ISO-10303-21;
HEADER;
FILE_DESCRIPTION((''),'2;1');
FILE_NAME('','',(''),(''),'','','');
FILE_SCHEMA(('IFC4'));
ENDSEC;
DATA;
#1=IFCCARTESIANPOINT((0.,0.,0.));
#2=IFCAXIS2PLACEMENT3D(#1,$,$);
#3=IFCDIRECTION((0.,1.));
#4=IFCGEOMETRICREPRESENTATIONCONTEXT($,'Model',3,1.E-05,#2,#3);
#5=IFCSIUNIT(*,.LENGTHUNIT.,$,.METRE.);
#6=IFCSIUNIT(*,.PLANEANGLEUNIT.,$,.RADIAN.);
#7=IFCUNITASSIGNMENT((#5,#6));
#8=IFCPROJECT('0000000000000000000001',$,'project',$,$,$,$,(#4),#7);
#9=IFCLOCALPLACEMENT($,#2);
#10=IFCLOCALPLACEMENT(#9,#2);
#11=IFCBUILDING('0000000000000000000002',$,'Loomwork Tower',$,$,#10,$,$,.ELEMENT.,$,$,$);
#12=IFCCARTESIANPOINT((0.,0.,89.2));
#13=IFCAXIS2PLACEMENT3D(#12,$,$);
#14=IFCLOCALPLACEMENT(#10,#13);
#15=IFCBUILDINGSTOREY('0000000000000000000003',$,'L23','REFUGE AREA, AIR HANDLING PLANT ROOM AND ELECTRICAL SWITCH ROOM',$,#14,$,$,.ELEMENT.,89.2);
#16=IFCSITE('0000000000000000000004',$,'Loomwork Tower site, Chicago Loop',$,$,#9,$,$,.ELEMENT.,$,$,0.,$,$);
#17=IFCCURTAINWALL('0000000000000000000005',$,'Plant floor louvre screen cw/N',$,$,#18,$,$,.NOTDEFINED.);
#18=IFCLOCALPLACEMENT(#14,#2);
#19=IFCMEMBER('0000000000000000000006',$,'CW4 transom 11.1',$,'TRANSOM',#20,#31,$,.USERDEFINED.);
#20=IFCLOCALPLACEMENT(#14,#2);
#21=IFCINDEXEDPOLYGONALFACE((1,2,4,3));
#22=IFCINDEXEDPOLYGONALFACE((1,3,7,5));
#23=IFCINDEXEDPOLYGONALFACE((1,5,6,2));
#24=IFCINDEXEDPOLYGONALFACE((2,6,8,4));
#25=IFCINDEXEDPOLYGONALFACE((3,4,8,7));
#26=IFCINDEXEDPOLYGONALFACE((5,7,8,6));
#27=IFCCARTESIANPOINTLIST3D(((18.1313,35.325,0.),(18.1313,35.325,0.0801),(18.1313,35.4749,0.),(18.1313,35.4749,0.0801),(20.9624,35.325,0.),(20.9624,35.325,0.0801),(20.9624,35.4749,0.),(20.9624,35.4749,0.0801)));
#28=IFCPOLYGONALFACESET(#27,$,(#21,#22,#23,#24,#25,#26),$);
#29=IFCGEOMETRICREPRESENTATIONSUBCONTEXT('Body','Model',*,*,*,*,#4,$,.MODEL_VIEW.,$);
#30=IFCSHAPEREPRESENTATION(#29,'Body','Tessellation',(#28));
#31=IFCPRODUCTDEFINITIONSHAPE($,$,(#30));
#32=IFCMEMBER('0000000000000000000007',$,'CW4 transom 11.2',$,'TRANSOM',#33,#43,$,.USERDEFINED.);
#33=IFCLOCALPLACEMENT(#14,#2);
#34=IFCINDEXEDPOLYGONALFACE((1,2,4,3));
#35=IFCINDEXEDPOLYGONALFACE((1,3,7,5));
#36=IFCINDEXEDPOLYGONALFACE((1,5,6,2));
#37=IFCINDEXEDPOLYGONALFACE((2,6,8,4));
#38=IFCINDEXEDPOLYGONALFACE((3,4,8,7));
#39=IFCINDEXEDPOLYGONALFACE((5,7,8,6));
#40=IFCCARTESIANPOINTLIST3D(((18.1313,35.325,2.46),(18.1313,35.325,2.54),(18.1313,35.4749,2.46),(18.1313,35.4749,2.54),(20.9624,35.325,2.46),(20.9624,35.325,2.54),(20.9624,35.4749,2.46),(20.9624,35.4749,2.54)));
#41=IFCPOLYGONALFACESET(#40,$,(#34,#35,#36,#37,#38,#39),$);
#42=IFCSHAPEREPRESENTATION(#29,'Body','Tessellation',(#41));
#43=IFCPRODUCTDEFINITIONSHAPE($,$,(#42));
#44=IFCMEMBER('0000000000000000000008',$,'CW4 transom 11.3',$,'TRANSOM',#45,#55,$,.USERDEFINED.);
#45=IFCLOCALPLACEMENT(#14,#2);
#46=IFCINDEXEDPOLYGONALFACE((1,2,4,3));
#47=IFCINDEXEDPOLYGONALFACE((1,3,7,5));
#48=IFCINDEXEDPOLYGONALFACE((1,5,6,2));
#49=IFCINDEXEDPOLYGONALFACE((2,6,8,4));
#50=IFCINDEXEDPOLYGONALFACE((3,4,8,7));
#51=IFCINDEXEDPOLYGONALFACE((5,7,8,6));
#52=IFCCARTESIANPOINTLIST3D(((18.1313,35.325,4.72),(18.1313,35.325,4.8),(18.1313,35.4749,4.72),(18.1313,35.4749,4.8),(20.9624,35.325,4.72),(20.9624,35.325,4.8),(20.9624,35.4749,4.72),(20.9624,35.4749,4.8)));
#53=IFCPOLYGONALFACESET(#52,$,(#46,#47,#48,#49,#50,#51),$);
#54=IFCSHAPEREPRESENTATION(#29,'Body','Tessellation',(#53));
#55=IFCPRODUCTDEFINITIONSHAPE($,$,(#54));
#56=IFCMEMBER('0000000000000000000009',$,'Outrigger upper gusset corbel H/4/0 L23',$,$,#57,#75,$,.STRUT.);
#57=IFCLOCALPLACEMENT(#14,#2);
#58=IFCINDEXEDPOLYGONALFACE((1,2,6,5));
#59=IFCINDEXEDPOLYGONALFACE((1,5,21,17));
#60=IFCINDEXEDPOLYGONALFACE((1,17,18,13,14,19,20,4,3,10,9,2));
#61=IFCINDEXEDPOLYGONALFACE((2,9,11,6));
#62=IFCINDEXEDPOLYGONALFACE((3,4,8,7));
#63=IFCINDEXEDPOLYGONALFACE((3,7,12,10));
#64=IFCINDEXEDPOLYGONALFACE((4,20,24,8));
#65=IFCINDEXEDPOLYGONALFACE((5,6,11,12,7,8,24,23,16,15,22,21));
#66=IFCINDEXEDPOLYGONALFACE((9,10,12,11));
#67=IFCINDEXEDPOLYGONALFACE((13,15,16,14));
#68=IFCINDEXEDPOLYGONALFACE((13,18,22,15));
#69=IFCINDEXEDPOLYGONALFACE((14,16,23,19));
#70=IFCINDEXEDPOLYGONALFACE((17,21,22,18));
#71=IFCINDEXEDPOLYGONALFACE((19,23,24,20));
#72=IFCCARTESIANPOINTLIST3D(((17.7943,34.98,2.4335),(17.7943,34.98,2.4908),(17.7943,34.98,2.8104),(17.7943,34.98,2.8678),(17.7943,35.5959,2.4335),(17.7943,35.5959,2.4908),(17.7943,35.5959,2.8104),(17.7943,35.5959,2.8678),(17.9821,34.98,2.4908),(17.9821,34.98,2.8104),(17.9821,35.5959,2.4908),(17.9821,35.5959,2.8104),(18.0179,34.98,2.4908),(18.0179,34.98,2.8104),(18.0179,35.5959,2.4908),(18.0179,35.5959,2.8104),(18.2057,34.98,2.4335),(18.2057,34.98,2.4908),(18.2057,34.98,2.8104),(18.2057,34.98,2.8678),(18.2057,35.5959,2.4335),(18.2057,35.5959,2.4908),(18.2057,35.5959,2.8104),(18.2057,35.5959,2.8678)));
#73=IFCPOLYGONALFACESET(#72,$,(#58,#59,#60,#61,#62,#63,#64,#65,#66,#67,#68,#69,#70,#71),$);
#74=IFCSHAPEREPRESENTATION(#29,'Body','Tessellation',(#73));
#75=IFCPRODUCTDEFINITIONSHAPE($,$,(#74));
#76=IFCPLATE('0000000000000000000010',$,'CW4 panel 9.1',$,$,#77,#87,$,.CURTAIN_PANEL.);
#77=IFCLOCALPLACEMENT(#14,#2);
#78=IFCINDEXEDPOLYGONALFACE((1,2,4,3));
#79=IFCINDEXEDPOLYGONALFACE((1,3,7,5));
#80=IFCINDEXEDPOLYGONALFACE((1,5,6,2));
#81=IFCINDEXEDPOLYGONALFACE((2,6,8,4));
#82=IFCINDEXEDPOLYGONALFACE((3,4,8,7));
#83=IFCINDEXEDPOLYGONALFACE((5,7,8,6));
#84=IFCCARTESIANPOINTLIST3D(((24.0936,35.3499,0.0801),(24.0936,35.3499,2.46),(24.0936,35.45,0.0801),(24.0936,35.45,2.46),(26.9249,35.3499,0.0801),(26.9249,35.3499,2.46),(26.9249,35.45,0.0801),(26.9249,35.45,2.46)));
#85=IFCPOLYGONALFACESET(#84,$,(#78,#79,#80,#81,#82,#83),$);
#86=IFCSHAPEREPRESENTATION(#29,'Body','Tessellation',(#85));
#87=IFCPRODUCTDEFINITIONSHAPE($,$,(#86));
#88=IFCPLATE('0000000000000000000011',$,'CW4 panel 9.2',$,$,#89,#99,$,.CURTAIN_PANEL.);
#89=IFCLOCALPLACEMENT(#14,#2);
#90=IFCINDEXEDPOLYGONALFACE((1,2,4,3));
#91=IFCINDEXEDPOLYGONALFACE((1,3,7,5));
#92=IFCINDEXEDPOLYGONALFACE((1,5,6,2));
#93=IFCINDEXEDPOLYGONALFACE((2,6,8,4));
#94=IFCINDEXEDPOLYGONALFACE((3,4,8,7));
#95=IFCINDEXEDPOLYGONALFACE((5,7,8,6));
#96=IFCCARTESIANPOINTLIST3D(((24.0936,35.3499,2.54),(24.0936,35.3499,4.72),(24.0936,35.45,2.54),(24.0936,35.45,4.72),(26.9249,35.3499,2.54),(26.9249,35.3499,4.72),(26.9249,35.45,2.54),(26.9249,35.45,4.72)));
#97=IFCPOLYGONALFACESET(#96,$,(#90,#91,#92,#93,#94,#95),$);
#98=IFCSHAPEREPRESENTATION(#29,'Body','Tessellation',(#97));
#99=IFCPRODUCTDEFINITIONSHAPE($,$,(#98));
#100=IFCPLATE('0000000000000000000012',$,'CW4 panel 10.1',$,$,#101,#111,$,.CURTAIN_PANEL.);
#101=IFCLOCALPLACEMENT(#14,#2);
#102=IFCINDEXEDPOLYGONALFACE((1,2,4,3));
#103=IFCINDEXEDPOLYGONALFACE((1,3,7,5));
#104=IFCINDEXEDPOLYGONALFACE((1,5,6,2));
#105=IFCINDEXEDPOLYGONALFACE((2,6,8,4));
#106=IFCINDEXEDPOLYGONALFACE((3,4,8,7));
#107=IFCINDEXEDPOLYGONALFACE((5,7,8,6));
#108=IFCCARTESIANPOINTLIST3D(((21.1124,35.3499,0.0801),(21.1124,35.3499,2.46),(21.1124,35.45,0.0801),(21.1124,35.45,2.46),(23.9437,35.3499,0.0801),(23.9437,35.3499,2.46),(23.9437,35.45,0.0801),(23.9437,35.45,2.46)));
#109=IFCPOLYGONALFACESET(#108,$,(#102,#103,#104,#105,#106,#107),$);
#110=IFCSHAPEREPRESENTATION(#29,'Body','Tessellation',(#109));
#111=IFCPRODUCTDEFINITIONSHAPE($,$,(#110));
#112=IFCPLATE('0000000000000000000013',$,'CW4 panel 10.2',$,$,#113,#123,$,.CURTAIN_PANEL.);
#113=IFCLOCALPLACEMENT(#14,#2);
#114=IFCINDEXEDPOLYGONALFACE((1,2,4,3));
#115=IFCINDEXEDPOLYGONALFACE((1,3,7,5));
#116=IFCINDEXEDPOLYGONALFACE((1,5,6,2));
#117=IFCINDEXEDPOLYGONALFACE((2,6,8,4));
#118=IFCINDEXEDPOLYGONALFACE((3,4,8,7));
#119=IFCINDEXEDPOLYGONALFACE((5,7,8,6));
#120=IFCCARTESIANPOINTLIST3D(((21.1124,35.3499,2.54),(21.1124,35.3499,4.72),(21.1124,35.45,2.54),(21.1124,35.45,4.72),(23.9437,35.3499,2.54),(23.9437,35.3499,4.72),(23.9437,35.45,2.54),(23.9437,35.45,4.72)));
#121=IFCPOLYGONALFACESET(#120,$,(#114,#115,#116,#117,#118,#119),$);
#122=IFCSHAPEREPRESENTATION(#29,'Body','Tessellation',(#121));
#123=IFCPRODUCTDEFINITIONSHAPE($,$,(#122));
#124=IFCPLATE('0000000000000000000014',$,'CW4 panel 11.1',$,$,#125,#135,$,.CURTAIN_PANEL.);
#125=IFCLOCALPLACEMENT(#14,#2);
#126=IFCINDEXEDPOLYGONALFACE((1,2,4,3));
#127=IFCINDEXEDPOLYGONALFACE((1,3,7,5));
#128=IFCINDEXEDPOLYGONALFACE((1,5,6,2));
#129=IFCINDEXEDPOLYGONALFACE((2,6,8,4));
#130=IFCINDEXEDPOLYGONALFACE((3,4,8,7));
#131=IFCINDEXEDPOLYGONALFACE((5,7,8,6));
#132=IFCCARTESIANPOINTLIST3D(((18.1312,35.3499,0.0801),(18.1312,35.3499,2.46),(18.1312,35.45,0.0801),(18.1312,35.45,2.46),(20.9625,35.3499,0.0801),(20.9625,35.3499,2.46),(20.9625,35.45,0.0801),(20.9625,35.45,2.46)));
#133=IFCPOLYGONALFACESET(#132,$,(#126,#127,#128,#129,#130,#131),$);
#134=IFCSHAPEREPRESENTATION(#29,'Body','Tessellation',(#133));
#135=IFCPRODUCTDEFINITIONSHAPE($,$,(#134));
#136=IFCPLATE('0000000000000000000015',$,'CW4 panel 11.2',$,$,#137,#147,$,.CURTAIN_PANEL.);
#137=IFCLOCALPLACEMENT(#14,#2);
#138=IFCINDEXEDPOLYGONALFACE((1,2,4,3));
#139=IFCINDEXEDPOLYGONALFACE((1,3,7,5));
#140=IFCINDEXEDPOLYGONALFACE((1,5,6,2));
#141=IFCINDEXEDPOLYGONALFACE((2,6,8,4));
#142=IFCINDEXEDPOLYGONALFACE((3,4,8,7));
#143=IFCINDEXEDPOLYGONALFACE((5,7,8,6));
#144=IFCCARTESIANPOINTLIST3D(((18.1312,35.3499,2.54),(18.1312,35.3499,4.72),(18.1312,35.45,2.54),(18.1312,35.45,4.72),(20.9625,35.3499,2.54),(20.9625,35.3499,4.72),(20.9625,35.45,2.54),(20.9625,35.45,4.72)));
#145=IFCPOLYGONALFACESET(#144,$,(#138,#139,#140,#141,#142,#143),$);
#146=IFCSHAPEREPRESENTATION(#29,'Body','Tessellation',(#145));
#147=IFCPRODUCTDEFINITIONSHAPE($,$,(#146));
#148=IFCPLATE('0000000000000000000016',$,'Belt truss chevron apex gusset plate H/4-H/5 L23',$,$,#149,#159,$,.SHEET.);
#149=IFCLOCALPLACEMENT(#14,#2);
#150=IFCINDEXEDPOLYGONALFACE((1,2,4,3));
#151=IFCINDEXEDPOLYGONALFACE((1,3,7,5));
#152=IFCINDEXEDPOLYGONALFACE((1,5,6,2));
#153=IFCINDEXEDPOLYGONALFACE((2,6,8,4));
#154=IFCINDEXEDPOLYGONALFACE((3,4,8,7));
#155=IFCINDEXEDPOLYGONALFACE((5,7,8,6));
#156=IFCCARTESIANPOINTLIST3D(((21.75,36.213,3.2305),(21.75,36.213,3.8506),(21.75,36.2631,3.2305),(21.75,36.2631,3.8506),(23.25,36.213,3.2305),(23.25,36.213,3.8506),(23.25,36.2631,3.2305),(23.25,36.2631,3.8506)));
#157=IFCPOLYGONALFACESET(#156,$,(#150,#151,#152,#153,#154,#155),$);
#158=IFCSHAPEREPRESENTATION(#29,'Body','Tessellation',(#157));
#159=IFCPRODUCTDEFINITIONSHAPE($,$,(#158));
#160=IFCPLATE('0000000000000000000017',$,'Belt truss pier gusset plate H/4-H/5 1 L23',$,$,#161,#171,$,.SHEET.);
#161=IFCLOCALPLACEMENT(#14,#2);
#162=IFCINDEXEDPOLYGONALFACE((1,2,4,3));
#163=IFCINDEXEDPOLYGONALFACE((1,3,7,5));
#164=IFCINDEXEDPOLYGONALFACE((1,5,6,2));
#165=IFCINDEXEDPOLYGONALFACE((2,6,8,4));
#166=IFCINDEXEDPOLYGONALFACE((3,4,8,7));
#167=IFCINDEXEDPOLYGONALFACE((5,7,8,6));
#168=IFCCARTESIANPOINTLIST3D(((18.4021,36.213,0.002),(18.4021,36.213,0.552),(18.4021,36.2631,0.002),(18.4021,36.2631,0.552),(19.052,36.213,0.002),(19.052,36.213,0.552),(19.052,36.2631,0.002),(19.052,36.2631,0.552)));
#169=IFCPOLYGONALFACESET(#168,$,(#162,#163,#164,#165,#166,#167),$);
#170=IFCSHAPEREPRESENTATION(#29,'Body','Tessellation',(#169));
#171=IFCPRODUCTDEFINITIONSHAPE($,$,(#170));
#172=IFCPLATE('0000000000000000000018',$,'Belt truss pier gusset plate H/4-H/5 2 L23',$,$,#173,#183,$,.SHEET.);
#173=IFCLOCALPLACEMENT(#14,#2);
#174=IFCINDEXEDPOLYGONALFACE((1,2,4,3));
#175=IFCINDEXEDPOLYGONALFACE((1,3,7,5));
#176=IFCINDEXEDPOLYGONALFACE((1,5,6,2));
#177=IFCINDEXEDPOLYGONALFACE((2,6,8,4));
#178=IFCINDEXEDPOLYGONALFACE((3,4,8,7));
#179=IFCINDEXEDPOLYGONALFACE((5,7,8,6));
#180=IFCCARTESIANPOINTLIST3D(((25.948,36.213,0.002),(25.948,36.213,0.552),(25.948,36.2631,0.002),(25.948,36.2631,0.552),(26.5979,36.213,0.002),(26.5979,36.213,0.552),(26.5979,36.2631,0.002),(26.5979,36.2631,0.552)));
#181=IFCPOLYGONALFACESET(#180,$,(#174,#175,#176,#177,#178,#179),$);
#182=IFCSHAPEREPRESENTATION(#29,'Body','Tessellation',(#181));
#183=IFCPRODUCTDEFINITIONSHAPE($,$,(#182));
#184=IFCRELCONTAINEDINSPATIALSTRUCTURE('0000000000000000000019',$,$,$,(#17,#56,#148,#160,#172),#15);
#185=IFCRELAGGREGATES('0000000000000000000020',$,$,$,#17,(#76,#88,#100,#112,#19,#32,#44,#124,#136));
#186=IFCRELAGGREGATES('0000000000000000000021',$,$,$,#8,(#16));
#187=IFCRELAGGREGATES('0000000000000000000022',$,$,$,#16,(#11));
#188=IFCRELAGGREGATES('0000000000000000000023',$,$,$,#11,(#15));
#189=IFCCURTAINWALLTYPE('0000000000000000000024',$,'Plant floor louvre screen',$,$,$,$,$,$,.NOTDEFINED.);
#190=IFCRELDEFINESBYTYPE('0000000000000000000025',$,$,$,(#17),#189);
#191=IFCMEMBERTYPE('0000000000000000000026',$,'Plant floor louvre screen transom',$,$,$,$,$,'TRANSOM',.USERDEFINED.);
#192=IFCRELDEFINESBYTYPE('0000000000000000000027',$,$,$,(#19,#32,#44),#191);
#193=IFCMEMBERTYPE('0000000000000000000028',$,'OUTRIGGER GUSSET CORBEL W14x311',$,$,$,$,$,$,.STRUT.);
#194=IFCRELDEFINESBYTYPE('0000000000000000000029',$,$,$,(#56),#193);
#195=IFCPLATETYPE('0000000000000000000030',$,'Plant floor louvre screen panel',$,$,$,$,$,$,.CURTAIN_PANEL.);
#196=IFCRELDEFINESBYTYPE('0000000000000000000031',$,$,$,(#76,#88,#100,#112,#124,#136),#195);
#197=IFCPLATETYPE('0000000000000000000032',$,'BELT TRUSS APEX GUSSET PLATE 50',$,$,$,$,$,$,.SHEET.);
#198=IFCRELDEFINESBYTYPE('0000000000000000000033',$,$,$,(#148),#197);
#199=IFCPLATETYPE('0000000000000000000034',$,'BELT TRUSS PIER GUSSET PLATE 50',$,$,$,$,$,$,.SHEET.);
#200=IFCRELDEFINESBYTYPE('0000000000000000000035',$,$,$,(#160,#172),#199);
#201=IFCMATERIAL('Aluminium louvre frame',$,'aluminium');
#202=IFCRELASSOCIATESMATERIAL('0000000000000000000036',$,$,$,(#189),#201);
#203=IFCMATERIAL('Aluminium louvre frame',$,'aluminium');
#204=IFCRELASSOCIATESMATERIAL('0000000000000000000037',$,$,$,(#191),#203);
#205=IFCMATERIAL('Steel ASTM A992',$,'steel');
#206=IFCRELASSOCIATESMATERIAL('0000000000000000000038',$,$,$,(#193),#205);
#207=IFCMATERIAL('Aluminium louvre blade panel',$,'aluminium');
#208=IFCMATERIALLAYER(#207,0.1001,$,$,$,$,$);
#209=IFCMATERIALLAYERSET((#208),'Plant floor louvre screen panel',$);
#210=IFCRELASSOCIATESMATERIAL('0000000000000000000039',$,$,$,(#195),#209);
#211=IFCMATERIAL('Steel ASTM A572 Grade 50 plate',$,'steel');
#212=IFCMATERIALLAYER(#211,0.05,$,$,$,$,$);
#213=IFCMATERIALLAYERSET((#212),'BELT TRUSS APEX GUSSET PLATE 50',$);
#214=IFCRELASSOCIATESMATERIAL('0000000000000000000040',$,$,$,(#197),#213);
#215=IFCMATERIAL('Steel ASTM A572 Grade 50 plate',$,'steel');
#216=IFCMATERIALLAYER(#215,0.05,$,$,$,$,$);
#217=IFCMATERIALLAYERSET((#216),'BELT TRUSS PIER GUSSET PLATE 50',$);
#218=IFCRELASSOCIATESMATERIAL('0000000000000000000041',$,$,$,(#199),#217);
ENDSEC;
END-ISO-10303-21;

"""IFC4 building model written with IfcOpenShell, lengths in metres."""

from ifc_helpers import new_model, si_unit, direction, frame, origin, origin_2d, place, context, subcontext, project, spatial, rectangle, i_section, extrude, material, layer, layer_set, material_profile, profile_set, type_object, element, aggregate, save


model = new_model("IFC4")

# Units and contexts
model_context = context("Model", 3, precision=1e-05, world=origin(), true_north=direction((0.0, 1.0)))
body_context = subcontext(model_context, "Body", "Model", "MODEL_VIEW")
ifc_project = project(units=[si_unit("LENGTHUNIT", "METRE"), si_unit("PLANEANGLEUNIT", "RADIAN")], contexts=[model_context])

# Site, building, storey
site_placement = place(None, origin())
site = spatial("IfcSite", under=ifc_project, at=site_placement, Name="Loomwork Tower site, Chicago Loop", CompositionType="ELEMENT", RefElevation=0.0)
building_placement = place(site_placement, origin())
building = spatial("IfcBuilding", under=site, at=building_placement, Name="Loomwork Tower", CompositionType="ELEMENT")
storey_placement = place(building_placement, frame((0.0, 0.0, 89.2)))
storey = spatial("IfcBuildingStorey", under=building, at=storey_placement, Name="L23", Description="REFUGE AREA, AIR HANDLING PLANT ROOM AND ELECTRICAL SWITCH ROOM", CompositionType="ELEMENT", Elevation=89.2)

# Curtain wall, members
ifc_material_1 = material(Name="Aluminium louvre frame", Category="aluminium")
curtain_wall_type = type_object("IfcCurtainWallType", Name="Plant floor louvre screen", PredefinedType="NOTDEFINED", material=ifc_material_1)
curtain_wall_placement = place(storey_placement, origin())
curtain_wall = element("IfcCurtainWall", 1, at=curtain_wall_placement, inside=storey, type_object=curtain_wall_type, Name="Plant floor louvre screen cw/N", PredefinedType="NOTDEFINED")
ifc_material_2 = material(Name="Aluminium louvre frame", Category="aluminium")
ifc_material_profile_1 = material_profile(ifc_material_2, rectangle(XDim=0.1499, YDim=0.0801, at=origin_2d()), Name="AL 80x150")
ifc_profile_set_1 = profile_set([ifc_material_profile_1], Name="Aluminium louvre frame")
member_type_1 = type_object("IfcMemberType", Name="Plant floor louvre screen transom", ElementType="TRANSOM", PredefinedType="USERDEFINED", material=ifc_profile_set_1)
member_1_placement = place(storey_placement, frame((20.9624, 35.3999, 0.04), z_axis=(-1.0, 0.0, 0.0), x_axis=(0.0, -1.0, 0.0)))
member_1 = element("IfcMember", 2, at=member_1_placement, type_object=member_type_1, Name="CW4 transom 11.1", ObjectType="TRANSOM", PredefinedType="USERDEFINED", context=body_context, shape_type="SweptSolid", body=[
    extrude(rectangle(XDim=0.1499, YDim=0.0801, at=origin_2d()), origin(), (0.0, 0.0, 1.0), 2.8311),
])
member_2_placement = place(storey_placement, frame((20.9624, 35.3999, 2.5), z_axis=(-1.0, 0.0, 0.0), x_axis=(0.0, -1.0, 0.0)))
member_2 = element("IfcMember", 3, at=member_2_placement, type_object=member_type_1, Name="CW4 transom 11.2", ObjectType="TRANSOM", PredefinedType="USERDEFINED", context=body_context, shape_type="SweptSolid", body=[
    extrude(rectangle(XDim=0.1499, YDim=0.0801, at=origin_2d()), origin(), (0.0, 0.0, 1.0), 2.8311),
])
member_3_placement = place(storey_placement, frame((20.9624, 35.3999, 4.76), z_axis=(-1.0, 0.0, 0.0), x_axis=(0.0, -1.0, 0.0)))
member_3 = element("IfcMember", 4, at=member_3_placement, type_object=member_type_1, Name="CW4 transom 11.3", ObjectType="TRANSOM", PredefinedType="USERDEFINED", context=body_context, shape_type="SweptSolid", body=[
    extrude(rectangle(XDim=0.1499, YDim=0.0801, at=origin_2d()), origin(), (0.0, 0.0, 1.0), 2.8311),
])

# Member
ifc_material_3 = material(Name="Steel ASTM A992", Category="steel")
ifc_material_profile_2 = material_profile(ifc_material_3, i_section(OverallWidth=0.4114, OverallDepth=0.4343, WebThickness=0.0359, FlangeThickness=0.0574, at=origin_2d()), Name="W14x311")
ifc_profile_set_2 = profile_set([ifc_material_profile_2], Name="Steel ASTM A992")
member_type_2 = type_object("IfcMemberType", Name="OUTRIGGER GUSSET CORBEL W14x311", PredefinedType="STRUT", material=ifc_profile_set_2)
member_4_placement = place(storey_placement, frame((18.0, 35.5959, 2.6506), z_axis=(0.0, -1.0, 0.0), x_axis=(1.0, 0.0, 0.0)))
element("IfcMember", 5, at=member_4_placement, inside=storey, type_object=member_type_2, Name="Outrigger upper gusset corbel H/4/0 L23", PredefinedType="STRUT", context=body_context, shape_type="SweptSolid", body=[
    extrude(i_section(OverallWidth=0.4114, OverallDepth=0.4343, WebThickness=0.0359, FlangeThickness=0.0574, at=origin_2d()), origin(), (0.0, 0.0, 1.0), 0.616),
])

# Plates
ifc_material_4 = material(Name="Aluminium louvre blade panel", Category="aluminium")
ifc_layer_1 = layer(ifc_material_4, 0.1001)
ifc_layer_set_1 = layer_set([ifc_layer_1], Name="Plant floor louvre screen panel")
plate_type_1 = type_object("IfcPlateType", Name="Plant floor louvre screen panel", PredefinedType="CURTAIN_PANEL", material=ifc_layer_set_1)
plate_1_placement = place(storey_placement, frame((25.5093, 35.3999, 0.0801), z_axis=(0.0, 0.0, 1.0), x_axis=(-1.0, 0.0, 0.0)))
plate_1 = element("IfcPlate", 6, at=plate_1_placement, type_object=plate_type_1, Name="CW4 panel 9.1", PredefinedType="CURTAIN_PANEL", context=body_context, shape_type="SweptSolid", body=[
    extrude(rectangle(XDim=2.8313, YDim=0.1001, at=origin_2d()), origin(), (0.0, 0.0, 1.0), 2.3799),
])
plate_2_placement = place(storey_placement, frame((25.5093, 35.3999, 2.54), z_axis=(0.0, 0.0, 1.0), x_axis=(-1.0, 0.0, 0.0)))
plate_2 = element("IfcPlate", 7, at=plate_2_placement, type_object=plate_type_1, Name="CW4 panel 9.2", PredefinedType="CURTAIN_PANEL", context=body_context, shape_type="SweptSolid", body=[
    extrude(rectangle(XDim=2.8313, YDim=0.1001, at=origin_2d()), origin(), (0.0, 0.0, 1.0), 2.1799),
])
plate_3_placement = place(storey_placement, frame((22.5281, 35.3999, 0.0801), z_axis=(0.0, 0.0, 1.0), x_axis=(-1.0, 0.0, 0.0)))
plate_3 = element("IfcPlate", 8, at=plate_3_placement, type_object=plate_type_1, Name="CW4 panel 10.1", PredefinedType="CURTAIN_PANEL", context=body_context, shape_type="SweptSolid", body=[
    extrude(rectangle(XDim=2.8313, YDim=0.1001, at=origin_2d()), origin(), (0.0, 0.0, 1.0), 2.3799),
])
plate_4_placement = place(storey_placement, frame((22.5281, 35.3999, 2.54), z_axis=(0.0, 0.0, 1.0), x_axis=(-1.0, 0.0, 0.0)))
plate_4 = element("IfcPlate", 9, at=plate_4_placement, type_object=plate_type_1, Name="CW4 panel 10.2", PredefinedType="CURTAIN_PANEL", context=body_context, shape_type="SweptSolid", body=[
    extrude(rectangle(XDim=2.8313, YDim=0.1001, at=origin_2d()), origin(), (0.0, 0.0, 1.0), 2.1799),
])
plate_5_placement = place(storey_placement, frame((19.5469, 35.3999, 0.0801), z_axis=(0.0, 0.0, 1.0), x_axis=(-1.0, 0.0, 0.0)))
plate_5 = element("IfcPlate", 10, at=plate_5_placement, type_object=plate_type_1, Name="CW4 panel 11.1", PredefinedType="CURTAIN_PANEL", context=body_context, shape_type="SweptSolid", body=[
    extrude(rectangle(XDim=2.8313, YDim=0.1001, at=origin_2d()), origin(), (0.0, 0.0, 1.0), 2.3799),
])
plate_6_placement = place(storey_placement, frame((19.5469, 35.3999, 2.54), z_axis=(0.0, 0.0, 1.0), x_axis=(-1.0, 0.0, 0.0)))
plate_6 = element("IfcPlate", 11, at=plate_6_placement, type_object=plate_type_1, Name="CW4 panel 11.2", PredefinedType="CURTAIN_PANEL", context=body_context, shape_type="SweptSolid", body=[
    extrude(rectangle(XDim=2.8313, YDim=0.1001, at=origin_2d()), origin(), (0.0, 0.0, 1.0), 2.1799),
])
aggregate(curtain_wall, [plate_1, plate_2, plate_3, plate_4, member_1, member_2, member_3, plate_5, plate_6])

# Plates
ifc_material_5 = material(Name="Steel ASTM A572 Grade 50 plate", Category="steel")
ifc_layer_2 = layer(ifc_material_5, 0.05)
ifc_layer_set_2 = layer_set([ifc_layer_2], Name="BELT TRUSS APEX GUSSET PLATE 50")
plate_type_2 = type_object("IfcPlateType", Name="BELT TRUSS APEX GUSSET PLATE 50", PredefinedType="SHEET", material=ifc_layer_set_2)
plate_7_placement = place(storey_placement, frame((22.5, 36.238, 3.2305), z_axis=(0.0, 0.0, 1.0), x_axis=(1.0, 0.0, 0.0)))
element("IfcPlate", 12, at=plate_7_placement, inside=storey, type_object=plate_type_2, Name="Belt truss chevron apex gusset plate H/4-H/5 L23", PredefinedType="SHEET", context=body_context, shape_type="SweptSolid", body=[
    extrude(rectangle(XDim=1.5, YDim=0.05, at=origin_2d()), origin(), (0.0, 0.0, 1.0), 0.6201),
])
ifc_material_6 = material(Name="Steel ASTM A572 Grade 50 plate", Category="steel")
ifc_layer_3 = layer(ifc_material_6, 0.05)
ifc_layer_set_3 = layer_set([ifc_layer_3], Name="BELT TRUSS PIER GUSSET PLATE 50")
plate_type_3 = type_object("IfcPlateType", Name="BELT TRUSS PIER GUSSET PLATE 50", PredefinedType="SHEET", material=ifc_layer_set_3)
for number, where, z_axis, x_axis, name in (
    (13, (18.7271, 36.238, 0.002), (0.0, 0.0, 1.0), (1.0, 0.0, 0.0), "Belt truss pier gusset plate H/4-H/5 1 L23"),
    (14, (26.2729, 36.238, 0.002), (0.0, 0.0, 1.0), (1.0, 0.0, 0.0), "Belt truss pier gusset plate H/4-H/5 2 L23"),
):
    element("IfcPlate", number, at=place(storey_placement, frame(where, z_axis=z_axis, x_axis=x_axis)), inside=storey, type_object=plate_type_3, Name=name, PredefinedType="SHEET", context=body_context, shape_type="SweptSolid", body=[
        extrude(rectangle(XDim=0.6499, YDim=0.05, at=origin_2d()), origin(), (0.0, 0.0, 1.0), 0.55),
    ])

save(model, "model.ifc")
